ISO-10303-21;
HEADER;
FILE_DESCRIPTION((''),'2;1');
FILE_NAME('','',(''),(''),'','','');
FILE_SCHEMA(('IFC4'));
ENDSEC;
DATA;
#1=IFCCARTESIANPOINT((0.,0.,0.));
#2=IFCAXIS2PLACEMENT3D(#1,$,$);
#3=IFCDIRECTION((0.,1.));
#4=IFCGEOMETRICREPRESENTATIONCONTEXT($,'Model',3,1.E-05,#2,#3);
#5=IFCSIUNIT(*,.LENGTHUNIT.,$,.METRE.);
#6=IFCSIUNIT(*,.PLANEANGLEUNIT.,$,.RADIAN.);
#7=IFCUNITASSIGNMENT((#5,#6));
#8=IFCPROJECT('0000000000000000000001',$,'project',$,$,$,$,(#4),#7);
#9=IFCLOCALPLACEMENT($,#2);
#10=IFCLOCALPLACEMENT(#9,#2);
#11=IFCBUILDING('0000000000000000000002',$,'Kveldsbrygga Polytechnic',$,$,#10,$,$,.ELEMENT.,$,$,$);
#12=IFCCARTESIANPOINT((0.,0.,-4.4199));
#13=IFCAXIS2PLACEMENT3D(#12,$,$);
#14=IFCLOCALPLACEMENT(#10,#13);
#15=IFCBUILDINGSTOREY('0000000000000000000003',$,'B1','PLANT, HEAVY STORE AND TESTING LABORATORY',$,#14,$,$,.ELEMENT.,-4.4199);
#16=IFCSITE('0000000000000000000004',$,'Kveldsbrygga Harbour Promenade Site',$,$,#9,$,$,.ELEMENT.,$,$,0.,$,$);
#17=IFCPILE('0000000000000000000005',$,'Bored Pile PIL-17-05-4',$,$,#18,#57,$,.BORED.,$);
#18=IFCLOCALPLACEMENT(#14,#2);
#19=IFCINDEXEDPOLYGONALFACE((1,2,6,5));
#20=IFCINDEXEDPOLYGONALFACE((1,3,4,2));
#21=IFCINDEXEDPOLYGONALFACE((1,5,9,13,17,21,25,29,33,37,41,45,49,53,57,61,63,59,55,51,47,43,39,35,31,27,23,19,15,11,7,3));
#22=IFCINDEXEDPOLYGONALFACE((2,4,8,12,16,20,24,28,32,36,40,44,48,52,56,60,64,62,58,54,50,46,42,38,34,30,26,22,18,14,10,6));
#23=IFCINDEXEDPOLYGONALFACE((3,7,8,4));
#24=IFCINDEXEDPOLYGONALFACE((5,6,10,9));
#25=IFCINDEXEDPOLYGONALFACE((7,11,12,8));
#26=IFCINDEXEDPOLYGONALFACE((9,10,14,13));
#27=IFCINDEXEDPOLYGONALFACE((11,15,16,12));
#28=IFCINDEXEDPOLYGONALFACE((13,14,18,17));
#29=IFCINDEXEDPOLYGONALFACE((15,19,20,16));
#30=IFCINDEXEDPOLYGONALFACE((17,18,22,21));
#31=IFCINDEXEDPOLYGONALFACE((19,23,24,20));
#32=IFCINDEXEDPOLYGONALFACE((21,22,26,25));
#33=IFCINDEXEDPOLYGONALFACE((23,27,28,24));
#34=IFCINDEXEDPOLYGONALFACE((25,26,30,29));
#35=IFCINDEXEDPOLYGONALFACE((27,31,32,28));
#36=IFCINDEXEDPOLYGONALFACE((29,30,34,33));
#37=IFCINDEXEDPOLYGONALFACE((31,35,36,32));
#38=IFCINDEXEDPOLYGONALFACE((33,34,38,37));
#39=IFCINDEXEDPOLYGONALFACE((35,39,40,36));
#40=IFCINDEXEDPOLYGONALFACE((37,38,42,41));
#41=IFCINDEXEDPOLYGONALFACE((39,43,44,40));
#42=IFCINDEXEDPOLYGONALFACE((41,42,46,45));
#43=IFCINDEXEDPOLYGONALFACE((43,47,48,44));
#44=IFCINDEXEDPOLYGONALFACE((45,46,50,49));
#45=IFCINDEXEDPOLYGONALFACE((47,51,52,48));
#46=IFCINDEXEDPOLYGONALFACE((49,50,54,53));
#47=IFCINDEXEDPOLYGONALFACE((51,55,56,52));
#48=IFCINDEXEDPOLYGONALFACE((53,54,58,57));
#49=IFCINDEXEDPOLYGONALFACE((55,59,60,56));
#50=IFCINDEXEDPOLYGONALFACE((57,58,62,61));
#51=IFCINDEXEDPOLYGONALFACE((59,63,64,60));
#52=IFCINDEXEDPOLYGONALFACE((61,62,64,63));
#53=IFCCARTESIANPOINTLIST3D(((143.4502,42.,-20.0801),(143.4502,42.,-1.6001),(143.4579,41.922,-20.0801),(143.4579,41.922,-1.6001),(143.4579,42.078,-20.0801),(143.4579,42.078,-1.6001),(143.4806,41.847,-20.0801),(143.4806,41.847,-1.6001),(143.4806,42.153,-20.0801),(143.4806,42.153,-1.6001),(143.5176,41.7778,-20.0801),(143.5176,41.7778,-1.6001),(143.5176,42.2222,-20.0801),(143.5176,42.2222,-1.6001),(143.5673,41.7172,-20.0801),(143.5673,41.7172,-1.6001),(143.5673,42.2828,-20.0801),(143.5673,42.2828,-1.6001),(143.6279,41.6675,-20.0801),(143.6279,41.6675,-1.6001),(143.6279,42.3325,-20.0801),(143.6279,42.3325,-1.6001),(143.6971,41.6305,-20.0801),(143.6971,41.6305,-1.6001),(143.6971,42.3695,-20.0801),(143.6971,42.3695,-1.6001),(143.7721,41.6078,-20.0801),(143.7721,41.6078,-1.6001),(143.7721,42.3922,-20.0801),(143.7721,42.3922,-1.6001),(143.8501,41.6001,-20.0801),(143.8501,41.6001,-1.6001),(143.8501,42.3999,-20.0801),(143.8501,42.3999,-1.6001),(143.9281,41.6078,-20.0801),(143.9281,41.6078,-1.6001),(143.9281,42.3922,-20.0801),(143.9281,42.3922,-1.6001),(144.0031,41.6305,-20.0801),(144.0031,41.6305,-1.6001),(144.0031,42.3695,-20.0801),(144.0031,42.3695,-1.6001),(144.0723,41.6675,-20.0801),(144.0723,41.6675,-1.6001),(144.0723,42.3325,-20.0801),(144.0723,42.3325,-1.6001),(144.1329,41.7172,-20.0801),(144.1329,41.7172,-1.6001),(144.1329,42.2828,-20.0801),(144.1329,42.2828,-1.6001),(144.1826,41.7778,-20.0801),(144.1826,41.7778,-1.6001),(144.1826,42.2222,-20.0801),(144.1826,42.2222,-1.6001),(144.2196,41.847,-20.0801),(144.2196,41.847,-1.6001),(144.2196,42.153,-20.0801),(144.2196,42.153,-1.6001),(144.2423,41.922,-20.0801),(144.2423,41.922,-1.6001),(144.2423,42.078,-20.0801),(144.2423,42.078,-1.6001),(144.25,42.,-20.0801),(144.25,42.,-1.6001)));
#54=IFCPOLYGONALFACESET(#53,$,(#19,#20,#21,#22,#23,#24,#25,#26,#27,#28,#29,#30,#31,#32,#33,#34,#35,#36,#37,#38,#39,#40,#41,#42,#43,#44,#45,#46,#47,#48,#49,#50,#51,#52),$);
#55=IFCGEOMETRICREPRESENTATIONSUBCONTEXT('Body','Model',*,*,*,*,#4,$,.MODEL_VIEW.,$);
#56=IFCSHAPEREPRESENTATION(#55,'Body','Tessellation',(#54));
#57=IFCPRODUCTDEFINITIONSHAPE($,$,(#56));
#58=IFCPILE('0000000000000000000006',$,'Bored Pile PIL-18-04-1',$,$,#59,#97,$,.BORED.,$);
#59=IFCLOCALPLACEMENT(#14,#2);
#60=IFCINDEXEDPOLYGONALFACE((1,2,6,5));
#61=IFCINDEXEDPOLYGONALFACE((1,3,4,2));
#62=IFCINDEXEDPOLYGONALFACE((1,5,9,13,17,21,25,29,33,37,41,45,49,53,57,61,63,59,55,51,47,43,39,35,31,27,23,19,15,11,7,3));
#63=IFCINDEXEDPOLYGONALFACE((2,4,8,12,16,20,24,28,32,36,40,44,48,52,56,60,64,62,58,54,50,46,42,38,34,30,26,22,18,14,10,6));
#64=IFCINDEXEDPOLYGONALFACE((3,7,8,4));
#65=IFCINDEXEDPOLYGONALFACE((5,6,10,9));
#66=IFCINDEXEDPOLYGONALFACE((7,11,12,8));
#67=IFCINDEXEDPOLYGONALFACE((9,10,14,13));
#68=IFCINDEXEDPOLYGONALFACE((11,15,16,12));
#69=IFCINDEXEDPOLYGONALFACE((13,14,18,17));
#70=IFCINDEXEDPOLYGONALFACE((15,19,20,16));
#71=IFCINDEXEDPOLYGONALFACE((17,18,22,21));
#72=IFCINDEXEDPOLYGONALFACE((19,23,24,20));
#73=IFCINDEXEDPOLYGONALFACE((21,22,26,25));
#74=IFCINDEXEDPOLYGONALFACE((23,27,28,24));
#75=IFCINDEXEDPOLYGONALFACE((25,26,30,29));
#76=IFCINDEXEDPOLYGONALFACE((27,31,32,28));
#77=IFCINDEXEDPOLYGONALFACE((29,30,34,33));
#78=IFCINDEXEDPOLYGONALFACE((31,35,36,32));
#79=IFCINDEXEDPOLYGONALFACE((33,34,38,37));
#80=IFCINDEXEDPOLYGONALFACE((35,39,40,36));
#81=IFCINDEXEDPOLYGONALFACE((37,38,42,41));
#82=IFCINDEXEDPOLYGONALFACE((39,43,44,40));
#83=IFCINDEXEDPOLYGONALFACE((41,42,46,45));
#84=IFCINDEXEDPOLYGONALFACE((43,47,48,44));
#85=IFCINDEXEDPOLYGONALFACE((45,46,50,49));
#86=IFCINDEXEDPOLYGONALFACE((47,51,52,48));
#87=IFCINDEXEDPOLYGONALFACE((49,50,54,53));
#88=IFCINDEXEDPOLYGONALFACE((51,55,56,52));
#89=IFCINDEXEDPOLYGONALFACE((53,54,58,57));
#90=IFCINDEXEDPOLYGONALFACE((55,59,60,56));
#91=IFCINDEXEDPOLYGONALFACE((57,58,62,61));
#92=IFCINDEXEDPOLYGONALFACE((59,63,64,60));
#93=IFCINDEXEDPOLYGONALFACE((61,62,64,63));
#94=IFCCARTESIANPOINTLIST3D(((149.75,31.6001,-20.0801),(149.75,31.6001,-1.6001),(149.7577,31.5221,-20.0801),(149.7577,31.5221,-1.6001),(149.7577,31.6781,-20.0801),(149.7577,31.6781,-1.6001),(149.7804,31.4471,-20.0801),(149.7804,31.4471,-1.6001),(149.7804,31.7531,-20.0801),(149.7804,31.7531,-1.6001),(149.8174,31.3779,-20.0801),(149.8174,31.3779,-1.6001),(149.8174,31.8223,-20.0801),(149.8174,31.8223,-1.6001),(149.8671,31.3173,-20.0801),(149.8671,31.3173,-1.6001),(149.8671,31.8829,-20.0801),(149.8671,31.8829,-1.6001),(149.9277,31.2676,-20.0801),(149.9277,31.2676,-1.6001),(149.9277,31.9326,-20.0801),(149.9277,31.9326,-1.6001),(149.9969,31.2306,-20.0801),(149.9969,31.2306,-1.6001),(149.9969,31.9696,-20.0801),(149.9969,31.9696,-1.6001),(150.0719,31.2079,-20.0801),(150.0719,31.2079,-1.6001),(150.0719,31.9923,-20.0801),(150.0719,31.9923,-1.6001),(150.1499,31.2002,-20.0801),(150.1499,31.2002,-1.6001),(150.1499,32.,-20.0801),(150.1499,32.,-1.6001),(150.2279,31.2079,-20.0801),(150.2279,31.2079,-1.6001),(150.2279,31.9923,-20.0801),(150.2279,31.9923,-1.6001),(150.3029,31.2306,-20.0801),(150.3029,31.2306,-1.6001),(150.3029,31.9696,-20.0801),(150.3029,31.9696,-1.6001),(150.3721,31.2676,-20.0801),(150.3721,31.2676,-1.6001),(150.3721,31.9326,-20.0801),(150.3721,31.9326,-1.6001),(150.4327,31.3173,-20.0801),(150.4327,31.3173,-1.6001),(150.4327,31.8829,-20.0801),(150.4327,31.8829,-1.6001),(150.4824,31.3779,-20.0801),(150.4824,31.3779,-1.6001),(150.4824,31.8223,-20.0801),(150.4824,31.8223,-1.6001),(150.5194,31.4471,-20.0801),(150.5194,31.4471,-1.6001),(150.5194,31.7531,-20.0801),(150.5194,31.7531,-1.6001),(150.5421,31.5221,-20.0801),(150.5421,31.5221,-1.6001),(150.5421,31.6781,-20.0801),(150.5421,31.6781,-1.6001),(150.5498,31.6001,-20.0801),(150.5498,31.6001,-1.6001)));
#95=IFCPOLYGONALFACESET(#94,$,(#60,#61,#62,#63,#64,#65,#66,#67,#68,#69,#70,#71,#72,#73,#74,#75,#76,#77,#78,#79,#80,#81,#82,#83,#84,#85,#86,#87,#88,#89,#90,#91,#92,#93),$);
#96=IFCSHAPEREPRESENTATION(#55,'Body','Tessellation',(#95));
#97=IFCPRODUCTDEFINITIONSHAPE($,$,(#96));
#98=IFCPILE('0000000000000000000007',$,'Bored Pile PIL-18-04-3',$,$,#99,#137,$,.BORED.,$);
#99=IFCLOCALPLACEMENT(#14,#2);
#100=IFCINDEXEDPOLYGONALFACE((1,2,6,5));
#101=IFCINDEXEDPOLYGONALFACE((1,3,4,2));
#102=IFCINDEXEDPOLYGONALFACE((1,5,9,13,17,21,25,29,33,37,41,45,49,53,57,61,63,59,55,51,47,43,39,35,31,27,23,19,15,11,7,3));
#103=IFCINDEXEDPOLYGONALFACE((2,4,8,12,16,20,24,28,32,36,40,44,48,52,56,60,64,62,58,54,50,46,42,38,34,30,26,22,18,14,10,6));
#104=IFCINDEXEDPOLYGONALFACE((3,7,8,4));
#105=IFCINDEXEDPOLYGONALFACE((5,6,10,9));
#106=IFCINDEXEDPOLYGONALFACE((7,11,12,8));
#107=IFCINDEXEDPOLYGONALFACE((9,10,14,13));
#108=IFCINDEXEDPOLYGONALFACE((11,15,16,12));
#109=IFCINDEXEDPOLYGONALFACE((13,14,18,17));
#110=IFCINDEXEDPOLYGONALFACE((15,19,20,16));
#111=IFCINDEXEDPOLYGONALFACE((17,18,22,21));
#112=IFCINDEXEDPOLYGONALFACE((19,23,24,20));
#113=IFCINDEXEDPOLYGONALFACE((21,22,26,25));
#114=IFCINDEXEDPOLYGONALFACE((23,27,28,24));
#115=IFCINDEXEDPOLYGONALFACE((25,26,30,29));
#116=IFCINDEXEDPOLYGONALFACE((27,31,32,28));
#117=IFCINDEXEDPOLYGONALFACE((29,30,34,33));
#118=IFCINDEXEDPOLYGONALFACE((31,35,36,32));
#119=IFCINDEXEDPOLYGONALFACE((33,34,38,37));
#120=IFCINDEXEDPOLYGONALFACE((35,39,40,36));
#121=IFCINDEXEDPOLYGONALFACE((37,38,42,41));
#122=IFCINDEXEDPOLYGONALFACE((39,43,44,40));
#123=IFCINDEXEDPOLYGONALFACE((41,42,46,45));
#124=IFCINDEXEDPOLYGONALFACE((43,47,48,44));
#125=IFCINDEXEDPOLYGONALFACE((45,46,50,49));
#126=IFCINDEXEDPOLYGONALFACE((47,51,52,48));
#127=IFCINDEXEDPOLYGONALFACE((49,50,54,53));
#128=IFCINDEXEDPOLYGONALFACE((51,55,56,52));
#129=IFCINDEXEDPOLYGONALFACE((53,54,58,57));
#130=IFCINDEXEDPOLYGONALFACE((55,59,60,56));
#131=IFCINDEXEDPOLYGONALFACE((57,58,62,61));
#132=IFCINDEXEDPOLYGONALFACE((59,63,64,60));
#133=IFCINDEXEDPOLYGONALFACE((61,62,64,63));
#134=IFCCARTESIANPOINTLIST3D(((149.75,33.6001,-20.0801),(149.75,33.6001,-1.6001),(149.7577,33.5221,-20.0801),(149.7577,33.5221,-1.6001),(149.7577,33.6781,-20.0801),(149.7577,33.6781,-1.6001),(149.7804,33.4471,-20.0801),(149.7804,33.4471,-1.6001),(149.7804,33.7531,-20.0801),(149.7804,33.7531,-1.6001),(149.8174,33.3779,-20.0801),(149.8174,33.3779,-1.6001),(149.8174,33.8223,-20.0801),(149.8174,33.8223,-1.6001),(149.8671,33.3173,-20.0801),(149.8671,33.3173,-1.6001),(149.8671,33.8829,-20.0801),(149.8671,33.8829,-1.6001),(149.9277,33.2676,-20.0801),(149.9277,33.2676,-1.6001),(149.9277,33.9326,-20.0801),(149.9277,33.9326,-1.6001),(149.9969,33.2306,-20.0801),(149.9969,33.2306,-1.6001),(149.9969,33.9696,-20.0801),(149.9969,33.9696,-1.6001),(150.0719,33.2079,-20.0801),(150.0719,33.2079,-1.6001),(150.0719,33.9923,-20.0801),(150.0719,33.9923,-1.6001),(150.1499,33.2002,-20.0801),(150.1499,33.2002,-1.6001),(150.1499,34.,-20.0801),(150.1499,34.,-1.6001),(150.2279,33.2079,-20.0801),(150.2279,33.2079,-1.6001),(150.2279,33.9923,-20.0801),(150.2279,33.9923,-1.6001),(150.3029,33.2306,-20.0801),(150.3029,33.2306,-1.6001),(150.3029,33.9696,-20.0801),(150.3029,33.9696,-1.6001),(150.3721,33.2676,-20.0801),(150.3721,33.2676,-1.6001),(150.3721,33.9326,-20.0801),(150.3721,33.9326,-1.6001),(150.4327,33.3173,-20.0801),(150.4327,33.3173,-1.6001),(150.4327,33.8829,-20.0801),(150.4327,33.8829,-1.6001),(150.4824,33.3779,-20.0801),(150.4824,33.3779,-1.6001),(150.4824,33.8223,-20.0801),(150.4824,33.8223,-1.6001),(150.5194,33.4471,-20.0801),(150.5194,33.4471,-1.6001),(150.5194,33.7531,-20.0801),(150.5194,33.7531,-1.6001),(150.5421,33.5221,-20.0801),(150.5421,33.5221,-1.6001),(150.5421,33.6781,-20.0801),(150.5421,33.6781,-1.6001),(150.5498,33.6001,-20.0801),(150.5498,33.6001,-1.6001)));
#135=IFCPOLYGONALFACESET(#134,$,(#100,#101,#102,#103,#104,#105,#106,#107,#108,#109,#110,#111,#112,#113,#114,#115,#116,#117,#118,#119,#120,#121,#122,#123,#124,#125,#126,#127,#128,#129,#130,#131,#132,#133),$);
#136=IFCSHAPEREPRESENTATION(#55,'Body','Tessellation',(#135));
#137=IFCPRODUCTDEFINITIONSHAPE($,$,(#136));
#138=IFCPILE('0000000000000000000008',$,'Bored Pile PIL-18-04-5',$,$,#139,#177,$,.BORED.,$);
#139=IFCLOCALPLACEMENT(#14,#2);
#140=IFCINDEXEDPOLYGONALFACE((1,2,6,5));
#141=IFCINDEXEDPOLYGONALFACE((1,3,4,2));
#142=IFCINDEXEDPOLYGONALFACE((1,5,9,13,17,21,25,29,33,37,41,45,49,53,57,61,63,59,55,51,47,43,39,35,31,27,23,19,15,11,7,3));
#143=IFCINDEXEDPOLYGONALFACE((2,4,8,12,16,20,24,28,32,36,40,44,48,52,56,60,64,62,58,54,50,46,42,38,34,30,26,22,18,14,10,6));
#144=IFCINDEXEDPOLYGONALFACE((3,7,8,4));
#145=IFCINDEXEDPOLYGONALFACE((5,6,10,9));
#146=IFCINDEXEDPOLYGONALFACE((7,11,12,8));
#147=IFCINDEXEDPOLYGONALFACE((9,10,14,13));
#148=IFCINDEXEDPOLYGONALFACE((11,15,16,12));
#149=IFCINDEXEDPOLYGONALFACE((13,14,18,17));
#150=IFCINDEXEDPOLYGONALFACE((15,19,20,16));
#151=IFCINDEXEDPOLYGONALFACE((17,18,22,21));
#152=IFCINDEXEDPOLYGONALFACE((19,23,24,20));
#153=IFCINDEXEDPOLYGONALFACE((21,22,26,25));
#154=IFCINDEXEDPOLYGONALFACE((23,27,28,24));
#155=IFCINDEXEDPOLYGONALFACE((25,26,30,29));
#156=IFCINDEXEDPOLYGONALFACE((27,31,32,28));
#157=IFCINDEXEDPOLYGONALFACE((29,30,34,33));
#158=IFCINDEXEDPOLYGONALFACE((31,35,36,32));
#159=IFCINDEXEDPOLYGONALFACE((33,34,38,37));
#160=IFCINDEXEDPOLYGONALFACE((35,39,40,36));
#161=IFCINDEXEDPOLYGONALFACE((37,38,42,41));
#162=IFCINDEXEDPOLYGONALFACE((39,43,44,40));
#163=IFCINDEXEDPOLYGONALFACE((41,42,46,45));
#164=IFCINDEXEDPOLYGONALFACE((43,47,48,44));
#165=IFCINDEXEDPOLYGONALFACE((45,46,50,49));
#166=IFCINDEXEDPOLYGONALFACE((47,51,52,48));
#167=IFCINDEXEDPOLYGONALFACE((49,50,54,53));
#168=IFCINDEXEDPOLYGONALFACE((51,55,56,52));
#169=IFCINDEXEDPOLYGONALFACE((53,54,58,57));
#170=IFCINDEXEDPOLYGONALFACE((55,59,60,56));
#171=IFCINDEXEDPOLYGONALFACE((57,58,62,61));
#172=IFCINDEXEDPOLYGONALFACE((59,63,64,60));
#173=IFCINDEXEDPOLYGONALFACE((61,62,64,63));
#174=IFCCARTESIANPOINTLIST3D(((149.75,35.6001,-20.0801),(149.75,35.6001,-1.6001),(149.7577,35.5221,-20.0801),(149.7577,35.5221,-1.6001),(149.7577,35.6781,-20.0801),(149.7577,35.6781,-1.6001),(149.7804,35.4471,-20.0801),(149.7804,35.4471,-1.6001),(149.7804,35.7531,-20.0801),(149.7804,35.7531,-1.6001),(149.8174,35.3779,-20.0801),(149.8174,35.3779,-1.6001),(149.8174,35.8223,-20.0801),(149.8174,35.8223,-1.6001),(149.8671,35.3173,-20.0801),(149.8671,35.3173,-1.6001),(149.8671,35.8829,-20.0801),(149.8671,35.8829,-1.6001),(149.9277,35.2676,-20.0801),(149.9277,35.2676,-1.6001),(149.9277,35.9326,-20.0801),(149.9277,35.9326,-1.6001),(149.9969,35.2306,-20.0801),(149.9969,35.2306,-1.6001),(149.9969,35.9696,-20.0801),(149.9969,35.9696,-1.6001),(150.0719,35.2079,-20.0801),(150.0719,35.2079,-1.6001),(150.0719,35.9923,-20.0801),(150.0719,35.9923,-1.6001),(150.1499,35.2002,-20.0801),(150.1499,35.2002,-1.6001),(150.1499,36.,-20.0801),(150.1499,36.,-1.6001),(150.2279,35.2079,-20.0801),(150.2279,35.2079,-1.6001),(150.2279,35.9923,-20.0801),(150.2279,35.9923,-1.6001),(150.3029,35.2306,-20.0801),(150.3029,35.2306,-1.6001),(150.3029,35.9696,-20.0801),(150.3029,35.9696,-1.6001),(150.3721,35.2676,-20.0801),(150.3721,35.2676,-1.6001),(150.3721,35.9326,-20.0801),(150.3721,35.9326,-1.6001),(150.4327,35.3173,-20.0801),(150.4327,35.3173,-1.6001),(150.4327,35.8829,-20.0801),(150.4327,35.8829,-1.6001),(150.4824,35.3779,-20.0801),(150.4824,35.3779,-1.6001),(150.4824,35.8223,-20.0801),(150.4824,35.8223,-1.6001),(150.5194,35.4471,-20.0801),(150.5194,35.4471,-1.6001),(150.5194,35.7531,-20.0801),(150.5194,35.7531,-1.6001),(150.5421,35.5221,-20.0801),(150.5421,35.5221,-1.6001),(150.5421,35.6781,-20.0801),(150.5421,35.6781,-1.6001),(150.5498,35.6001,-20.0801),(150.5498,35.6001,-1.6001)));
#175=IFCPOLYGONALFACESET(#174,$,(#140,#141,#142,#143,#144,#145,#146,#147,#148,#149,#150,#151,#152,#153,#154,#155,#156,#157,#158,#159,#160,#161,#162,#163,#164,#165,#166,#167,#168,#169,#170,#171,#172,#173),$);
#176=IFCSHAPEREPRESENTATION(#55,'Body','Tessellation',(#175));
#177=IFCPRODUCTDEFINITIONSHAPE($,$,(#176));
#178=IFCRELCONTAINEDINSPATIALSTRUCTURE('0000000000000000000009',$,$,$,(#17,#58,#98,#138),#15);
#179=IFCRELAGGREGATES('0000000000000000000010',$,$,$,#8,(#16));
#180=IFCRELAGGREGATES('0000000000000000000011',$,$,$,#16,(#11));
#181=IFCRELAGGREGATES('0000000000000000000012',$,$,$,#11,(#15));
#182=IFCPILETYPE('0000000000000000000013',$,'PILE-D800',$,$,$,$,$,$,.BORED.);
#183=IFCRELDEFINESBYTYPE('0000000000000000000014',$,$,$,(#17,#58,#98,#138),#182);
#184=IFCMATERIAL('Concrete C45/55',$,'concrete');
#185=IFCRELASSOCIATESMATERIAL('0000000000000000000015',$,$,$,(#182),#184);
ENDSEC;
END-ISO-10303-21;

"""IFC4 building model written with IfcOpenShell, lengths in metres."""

from ifc_helpers import new_model, si_unit, direction, frame, origin, origin_2d, place, context, subcontext, project, spatial, circle, extrude, material, material_profile, profile_set, type_object, element, save


model = new_model("IFC4")

# Units and contexts
model_context = context("Model", 3, precision=1e-05, world=origin(), true_north=direction((0.0, 1.0)))
body_context = subcontext(model_context, "Body", "Model", "MODEL_VIEW")
ifc_project = project(units=[si_unit("LENGTHUNIT", "METRE"), si_unit("PLANEANGLEUNIT", "RADIAN")], contexts=[model_context])

# Site, building, storey
site_placement = place(None, origin())
site = spatial("IfcSite", under=ifc_project, at=site_placement, Name="Kveldsbrygga Harbour Promenade Site", CompositionType="ELEMENT", RefElevation=0.0)
building_placement = place(site_placement, origin())
building = spatial("IfcBuilding", under=site, at=building_placement, Name="Kveldsbrygga Polytechnic", CompositionType="ELEMENT")
storey_placement = place(building_placement, frame((0.0, 0.0, -4.4199)))
storey = spatial("IfcBuildingStorey", under=building, at=storey_placement, Name="B1", Description="PLANT, HEAVY STORE AND TESTING LABORATORY", CompositionType="ELEMENT", Elevation=-4.4199)

# Shared definitions
ifc_material_1 = material(Name="Concrete C45/55", Category="concrete")

# Piles
ifc_material_profile_1 = material_profile(ifc_material_1, circle(Radius=0.3999, at=origin_2d()), Name="PILE D800")
ifc_profile_set_1 = profile_set([ifc_material_profile_1], Name="Concrete C45/55")
pile_type = type_object("IfcPileType", Name="PILE-D800", PredefinedType="BORED", material=ifc_profile_set_1)
for number, where, z_axis, x_axis, name in (
    (1, (143.8501, 42.0, -1.6001), (0.0, 0.0, -1.0), (1.0, 0.0, 0.0), "Bored Pile PIL-17-05-4"),
    (2, (150.1499, 31.6001, -1.6001), (0.0, 0.0, -1.0), (1.0, 0.0, 0.0), "Bored Pile PIL-18-04-1"),
    (3, (150.1499, 33.6001, -1.6001), (0.0, 0.0, -1.0), (1.0, 0.0, 0.0), "Bored Pile PIL-18-04-3"),
    (4, (150.1499, 35.6001, -1.6001), (0.0, 0.0, -1.0), (1.0, 0.0, 0.0), "Bored Pile PIL-18-04-5"),
):
    element("IfcPile", number, at=place(storey_placement, frame(where, z_axis=z_axis, x_axis=x_axis)), inside=storey, type_object=pile_type, Name=name, PredefinedType="BORED", context=body_context, shape_type="SweptSolid", body=[
        extrude(circle(Radius=0.3999, at=origin_2d()), origin(), (0.0, 0.0, 1.0), 18.48),
    ])

save(model, "model.ifc")
